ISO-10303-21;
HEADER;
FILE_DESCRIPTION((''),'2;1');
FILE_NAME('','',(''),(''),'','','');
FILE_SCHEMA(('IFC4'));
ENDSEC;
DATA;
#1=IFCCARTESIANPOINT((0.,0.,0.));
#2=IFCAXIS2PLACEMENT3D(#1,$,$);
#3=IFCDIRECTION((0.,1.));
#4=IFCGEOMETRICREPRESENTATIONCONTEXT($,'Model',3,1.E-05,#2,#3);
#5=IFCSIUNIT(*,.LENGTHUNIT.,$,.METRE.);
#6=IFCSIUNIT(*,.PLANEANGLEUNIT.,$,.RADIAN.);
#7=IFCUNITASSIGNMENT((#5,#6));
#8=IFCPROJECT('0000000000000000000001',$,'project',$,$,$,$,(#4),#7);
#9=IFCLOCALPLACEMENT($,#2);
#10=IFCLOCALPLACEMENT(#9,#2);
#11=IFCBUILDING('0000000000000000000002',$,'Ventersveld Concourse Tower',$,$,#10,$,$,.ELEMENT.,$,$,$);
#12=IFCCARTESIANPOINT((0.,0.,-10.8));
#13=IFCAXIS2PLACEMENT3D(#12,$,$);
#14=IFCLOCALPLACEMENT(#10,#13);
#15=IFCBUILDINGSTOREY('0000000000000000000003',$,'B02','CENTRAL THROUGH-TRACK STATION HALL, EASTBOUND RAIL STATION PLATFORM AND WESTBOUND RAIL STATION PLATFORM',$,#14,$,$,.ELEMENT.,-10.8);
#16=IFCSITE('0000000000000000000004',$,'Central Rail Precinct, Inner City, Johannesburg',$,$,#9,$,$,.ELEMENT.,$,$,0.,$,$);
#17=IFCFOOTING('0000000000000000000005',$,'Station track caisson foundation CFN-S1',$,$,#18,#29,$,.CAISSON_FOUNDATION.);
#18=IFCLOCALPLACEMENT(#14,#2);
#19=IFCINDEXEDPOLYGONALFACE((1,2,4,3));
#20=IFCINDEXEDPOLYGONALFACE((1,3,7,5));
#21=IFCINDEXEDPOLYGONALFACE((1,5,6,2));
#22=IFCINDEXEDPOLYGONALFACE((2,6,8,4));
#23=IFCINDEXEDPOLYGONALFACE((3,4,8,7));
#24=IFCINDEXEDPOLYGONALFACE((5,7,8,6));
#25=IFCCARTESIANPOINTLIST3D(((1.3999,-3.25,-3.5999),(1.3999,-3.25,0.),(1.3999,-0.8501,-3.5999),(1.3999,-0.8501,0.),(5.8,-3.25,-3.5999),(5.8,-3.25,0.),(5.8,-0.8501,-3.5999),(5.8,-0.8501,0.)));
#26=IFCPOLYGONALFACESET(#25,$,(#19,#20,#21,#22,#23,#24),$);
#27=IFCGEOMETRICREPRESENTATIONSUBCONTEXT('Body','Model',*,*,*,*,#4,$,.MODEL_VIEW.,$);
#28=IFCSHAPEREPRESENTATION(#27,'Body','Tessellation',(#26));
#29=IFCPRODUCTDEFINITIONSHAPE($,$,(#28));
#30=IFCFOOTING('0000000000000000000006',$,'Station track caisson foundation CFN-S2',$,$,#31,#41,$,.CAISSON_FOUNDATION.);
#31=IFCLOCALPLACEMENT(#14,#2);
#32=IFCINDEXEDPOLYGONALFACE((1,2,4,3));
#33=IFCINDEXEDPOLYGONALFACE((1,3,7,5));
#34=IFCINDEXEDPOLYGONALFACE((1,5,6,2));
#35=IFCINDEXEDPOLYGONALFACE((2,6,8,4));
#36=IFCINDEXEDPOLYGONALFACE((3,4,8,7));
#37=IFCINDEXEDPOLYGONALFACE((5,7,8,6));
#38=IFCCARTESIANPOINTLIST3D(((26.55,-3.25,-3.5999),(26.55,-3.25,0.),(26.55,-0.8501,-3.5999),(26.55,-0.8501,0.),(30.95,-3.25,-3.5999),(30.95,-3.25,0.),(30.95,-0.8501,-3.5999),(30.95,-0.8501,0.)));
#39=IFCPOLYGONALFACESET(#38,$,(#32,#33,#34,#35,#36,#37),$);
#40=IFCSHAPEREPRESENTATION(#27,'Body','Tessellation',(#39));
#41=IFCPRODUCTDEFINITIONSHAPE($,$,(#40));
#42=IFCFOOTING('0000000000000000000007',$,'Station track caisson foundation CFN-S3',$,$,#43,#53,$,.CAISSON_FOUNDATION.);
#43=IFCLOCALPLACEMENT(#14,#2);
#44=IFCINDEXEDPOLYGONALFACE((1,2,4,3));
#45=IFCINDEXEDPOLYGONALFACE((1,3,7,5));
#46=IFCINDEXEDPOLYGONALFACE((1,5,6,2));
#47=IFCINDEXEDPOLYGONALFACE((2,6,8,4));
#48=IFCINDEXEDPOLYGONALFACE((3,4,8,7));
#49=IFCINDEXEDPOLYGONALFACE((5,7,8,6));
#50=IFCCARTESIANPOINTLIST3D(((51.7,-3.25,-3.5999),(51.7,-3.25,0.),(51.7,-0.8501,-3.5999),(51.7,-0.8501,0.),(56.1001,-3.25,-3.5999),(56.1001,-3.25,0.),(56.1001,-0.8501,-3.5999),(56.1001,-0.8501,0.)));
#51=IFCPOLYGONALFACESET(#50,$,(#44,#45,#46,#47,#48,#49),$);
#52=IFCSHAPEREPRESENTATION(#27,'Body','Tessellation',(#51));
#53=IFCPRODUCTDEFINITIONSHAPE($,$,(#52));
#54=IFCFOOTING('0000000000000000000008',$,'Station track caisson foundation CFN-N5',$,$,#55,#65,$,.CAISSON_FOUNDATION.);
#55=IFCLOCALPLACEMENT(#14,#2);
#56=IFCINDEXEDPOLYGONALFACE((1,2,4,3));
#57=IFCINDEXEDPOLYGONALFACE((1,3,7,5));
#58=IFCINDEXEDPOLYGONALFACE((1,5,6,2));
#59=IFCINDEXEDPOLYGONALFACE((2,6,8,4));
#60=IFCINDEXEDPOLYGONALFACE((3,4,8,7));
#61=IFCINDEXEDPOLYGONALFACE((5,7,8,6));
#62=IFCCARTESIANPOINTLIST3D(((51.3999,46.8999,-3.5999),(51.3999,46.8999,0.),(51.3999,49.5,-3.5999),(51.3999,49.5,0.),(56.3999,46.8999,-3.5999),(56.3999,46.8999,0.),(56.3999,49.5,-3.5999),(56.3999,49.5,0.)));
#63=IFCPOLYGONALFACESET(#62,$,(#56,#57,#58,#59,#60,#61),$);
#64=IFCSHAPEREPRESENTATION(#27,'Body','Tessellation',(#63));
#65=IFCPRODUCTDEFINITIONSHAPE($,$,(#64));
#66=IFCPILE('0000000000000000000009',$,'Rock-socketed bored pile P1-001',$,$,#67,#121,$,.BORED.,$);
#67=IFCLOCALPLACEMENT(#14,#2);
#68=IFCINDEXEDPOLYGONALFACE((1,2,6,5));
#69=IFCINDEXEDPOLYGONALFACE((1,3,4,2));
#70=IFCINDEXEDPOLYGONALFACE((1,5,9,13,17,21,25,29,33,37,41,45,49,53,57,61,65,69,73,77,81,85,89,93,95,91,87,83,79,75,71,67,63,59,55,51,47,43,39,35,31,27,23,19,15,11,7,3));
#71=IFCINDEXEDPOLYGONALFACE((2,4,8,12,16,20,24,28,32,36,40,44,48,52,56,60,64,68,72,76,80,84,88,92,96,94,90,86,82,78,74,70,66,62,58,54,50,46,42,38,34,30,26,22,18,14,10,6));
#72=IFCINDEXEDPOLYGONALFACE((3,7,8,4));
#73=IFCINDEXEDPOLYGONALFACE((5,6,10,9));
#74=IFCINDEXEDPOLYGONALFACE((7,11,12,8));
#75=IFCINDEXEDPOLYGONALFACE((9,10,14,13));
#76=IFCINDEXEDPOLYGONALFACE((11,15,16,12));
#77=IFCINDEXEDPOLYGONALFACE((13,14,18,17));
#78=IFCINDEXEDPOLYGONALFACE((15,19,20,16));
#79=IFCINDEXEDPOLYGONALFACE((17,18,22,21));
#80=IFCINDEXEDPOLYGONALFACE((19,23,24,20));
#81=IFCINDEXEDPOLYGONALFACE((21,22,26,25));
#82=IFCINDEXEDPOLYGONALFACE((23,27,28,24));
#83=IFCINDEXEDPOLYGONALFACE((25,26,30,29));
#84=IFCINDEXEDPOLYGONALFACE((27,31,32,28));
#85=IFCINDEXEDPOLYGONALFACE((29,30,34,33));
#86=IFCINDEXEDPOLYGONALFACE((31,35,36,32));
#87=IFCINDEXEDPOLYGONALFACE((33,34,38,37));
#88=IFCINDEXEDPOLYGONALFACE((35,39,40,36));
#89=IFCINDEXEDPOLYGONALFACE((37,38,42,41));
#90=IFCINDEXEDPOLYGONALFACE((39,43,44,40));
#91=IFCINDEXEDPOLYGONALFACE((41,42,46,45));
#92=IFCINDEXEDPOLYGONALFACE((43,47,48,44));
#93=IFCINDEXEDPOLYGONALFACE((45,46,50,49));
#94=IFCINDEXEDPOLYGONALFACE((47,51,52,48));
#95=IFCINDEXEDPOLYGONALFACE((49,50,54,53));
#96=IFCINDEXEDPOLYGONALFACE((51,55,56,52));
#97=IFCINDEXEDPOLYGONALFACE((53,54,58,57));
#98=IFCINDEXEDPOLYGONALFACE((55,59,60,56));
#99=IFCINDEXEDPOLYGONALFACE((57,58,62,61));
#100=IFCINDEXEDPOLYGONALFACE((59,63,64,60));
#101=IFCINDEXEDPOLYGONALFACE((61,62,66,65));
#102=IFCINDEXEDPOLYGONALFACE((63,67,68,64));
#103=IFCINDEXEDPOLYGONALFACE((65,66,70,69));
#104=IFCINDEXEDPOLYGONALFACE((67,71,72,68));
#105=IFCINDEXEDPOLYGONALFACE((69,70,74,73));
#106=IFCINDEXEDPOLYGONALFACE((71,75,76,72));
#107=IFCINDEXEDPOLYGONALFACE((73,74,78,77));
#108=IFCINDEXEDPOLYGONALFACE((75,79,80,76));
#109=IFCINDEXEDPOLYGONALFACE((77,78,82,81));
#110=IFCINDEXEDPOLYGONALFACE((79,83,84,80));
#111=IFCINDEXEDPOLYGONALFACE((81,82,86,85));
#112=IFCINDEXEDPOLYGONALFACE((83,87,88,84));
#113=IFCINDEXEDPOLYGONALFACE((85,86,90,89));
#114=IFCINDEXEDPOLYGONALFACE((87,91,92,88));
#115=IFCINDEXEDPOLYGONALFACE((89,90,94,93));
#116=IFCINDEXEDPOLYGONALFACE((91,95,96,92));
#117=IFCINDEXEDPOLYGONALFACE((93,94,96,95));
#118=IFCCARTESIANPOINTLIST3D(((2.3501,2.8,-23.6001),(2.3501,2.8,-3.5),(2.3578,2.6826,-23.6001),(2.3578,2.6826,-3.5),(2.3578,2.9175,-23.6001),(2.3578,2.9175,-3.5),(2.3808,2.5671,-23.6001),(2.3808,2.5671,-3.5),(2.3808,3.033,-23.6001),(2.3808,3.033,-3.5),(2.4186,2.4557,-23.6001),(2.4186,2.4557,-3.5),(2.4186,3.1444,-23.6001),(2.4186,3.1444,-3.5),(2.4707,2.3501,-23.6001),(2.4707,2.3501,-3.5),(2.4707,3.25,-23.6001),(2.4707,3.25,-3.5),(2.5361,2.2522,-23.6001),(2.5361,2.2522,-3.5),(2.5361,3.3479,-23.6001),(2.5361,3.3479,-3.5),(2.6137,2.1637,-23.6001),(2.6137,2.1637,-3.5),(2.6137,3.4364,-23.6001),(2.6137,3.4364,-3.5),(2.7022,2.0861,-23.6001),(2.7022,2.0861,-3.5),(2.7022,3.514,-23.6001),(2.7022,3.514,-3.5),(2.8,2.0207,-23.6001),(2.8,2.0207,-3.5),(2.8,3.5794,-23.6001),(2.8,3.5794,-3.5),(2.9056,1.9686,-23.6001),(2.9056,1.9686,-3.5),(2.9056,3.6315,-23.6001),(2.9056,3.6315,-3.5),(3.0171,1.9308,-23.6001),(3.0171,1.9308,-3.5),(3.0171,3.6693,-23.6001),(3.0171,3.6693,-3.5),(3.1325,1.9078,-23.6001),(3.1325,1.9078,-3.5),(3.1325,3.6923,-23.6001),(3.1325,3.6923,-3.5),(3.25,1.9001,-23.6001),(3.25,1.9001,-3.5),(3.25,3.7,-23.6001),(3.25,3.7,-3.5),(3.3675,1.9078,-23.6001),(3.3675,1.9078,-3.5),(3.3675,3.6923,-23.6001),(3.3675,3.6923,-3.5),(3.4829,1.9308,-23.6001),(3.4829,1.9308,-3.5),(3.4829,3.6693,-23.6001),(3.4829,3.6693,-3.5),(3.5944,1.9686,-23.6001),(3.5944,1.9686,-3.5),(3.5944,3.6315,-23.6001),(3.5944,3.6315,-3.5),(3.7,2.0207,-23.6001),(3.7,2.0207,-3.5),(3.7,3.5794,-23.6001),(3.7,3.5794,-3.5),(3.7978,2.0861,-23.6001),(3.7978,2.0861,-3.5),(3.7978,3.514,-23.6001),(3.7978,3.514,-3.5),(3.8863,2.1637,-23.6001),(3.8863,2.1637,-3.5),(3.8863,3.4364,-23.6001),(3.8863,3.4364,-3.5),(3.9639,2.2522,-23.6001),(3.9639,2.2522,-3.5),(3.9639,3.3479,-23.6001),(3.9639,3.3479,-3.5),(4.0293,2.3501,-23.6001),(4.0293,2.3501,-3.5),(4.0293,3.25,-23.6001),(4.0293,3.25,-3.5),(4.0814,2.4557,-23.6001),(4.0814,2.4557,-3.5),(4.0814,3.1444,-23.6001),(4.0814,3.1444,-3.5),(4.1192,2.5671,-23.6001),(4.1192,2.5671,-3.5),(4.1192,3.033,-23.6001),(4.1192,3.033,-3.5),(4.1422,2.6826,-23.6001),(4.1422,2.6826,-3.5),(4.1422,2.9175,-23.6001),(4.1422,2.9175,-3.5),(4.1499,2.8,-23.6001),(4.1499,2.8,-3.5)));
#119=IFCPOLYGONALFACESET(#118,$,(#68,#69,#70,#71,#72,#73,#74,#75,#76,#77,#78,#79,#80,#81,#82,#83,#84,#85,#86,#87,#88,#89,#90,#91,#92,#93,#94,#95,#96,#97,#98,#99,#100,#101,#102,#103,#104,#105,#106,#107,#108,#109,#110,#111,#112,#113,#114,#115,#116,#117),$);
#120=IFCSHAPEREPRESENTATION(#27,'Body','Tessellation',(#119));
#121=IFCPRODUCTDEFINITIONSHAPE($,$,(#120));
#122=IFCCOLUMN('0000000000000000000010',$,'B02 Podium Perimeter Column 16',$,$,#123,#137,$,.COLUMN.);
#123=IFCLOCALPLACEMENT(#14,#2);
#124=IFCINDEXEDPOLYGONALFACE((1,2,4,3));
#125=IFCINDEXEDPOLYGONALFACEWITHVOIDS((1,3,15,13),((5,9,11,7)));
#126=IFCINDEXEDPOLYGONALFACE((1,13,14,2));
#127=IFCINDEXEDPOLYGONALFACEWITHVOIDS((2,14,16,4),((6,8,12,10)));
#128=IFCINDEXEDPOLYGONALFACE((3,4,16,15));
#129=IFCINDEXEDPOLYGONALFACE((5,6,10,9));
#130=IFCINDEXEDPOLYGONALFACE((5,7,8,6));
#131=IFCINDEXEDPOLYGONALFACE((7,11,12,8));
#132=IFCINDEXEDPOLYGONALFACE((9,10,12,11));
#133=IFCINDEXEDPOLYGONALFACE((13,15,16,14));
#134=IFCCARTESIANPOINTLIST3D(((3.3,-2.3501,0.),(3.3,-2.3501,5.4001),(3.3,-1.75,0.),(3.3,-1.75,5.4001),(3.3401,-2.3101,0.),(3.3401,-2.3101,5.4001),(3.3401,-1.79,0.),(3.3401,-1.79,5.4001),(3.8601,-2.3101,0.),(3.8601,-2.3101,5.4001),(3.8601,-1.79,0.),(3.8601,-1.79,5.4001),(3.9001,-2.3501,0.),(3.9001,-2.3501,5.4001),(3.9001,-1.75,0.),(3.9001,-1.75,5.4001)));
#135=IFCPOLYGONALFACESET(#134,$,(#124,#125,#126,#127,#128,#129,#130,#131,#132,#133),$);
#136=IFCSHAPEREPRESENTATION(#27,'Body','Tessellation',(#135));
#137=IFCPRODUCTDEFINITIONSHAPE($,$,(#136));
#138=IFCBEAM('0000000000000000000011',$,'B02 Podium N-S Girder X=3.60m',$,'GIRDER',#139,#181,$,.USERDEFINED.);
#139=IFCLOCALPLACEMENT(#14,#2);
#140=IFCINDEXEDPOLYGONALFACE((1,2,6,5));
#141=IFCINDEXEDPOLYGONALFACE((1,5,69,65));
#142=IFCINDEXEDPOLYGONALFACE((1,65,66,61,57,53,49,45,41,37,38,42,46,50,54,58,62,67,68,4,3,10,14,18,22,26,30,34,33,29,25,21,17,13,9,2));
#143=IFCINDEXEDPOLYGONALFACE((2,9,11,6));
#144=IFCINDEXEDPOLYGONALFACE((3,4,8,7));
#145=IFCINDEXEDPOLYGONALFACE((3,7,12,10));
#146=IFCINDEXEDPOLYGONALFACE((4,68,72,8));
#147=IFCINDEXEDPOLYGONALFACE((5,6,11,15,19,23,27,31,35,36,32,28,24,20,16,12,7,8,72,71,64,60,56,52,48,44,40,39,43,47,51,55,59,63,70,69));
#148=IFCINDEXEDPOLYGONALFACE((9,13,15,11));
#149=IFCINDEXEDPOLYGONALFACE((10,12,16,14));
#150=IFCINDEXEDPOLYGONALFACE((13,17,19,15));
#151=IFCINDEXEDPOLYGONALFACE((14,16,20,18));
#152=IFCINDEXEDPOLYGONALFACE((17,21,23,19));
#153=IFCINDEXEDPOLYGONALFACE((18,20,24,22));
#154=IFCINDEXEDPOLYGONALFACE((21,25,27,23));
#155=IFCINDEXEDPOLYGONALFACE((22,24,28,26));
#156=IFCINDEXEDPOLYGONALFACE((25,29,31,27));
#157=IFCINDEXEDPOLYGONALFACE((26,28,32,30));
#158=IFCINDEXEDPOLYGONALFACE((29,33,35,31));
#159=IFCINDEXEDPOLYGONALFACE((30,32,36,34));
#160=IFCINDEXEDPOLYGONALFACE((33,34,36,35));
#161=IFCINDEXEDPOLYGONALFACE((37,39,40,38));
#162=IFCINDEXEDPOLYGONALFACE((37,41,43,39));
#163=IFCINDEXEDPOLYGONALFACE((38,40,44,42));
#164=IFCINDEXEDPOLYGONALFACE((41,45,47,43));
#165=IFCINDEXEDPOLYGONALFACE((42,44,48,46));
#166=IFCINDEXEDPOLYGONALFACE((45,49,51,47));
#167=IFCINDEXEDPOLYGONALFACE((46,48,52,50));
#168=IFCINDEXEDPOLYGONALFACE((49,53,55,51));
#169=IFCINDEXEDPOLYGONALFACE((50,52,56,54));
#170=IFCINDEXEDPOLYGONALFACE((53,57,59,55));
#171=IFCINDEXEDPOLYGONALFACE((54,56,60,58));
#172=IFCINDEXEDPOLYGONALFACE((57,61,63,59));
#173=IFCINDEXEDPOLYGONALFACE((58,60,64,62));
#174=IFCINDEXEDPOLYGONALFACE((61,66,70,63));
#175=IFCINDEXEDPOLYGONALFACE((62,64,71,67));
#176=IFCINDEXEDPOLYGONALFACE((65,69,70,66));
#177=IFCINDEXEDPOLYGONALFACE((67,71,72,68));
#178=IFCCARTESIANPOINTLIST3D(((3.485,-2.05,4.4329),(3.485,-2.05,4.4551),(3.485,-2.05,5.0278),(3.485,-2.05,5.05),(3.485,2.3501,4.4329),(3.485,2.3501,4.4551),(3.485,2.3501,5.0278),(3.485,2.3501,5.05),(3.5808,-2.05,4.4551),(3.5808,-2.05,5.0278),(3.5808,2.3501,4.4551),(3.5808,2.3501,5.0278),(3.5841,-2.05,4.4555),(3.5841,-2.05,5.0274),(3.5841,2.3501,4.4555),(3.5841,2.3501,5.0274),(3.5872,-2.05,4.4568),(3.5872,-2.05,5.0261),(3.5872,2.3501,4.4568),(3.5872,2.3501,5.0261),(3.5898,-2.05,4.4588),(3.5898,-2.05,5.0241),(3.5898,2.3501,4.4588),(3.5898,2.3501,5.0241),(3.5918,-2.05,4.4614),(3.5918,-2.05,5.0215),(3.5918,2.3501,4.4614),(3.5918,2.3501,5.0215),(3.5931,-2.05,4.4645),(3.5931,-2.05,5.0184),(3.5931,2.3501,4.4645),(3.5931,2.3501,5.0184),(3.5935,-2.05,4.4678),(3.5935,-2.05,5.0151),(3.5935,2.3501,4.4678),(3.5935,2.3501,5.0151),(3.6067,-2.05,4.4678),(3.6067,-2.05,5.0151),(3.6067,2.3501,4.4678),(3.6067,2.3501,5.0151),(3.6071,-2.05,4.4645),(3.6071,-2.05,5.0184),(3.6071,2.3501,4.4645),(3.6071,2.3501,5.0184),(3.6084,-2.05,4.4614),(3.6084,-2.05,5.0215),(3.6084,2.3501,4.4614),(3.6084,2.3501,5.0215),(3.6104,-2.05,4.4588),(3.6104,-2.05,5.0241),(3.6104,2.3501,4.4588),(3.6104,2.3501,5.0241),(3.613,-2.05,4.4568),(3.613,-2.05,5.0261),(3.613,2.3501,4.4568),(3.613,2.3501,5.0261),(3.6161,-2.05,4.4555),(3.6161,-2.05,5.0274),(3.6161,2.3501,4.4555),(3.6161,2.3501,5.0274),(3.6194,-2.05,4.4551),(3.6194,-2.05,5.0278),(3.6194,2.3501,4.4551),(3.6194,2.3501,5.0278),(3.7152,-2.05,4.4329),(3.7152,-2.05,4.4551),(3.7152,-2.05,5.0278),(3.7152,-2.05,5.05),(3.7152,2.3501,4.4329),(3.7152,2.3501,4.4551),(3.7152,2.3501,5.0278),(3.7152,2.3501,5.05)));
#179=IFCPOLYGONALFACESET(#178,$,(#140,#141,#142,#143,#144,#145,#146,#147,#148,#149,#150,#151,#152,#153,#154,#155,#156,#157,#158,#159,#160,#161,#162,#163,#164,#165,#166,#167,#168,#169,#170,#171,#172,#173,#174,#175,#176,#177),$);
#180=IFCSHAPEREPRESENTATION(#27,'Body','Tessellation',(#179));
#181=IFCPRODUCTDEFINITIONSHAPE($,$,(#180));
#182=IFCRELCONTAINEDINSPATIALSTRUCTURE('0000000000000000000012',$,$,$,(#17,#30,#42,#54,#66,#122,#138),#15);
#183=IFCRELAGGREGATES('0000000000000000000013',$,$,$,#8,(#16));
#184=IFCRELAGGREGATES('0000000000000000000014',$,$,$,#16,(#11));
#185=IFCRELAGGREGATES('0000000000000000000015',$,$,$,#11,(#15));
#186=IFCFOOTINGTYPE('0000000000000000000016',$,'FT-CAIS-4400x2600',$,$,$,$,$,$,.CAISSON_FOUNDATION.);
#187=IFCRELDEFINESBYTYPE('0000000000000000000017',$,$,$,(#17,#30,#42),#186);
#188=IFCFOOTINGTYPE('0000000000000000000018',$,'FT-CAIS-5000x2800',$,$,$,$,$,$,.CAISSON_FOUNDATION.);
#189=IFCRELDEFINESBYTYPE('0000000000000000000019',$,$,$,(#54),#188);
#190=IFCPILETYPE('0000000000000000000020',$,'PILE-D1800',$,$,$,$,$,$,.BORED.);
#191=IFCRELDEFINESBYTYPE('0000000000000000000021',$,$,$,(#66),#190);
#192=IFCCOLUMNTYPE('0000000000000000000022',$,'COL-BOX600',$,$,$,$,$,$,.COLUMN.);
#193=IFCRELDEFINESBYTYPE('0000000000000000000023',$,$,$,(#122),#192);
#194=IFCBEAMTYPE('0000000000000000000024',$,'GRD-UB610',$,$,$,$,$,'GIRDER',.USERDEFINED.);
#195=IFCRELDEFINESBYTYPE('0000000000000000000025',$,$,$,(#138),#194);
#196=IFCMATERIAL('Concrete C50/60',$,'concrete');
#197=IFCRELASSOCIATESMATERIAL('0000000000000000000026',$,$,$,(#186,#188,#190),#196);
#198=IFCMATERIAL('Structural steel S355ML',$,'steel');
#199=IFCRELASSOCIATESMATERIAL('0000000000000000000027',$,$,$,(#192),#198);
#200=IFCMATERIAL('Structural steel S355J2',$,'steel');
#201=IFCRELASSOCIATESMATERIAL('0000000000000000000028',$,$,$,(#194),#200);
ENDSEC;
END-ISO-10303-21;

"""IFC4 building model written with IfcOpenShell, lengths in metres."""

from ifc_helpers import new_model, si_unit, direction, frame, origin, origin_2d, place, context, subcontext, project, spatial, polyline, hollow_rectangle, circle, i_section, outline, extrude, material, material_profile, profile_set, type_object, element, save


model = new_model("IFC4")

# Units and contexts
model_context = context("Model", 3, precision=1e-05, world=origin(), true_north=direction((0.0, 1.0)))
body_context = subcontext(model_context, "Body", "Model", "MODEL_VIEW")
ifc_project = project(units=[si_unit("LENGTHUNIT", "METRE"), si_unit("PLANEANGLEUNIT", "RADIAN")], contexts=[model_context])

# Site, building, storey
site_placement = place(None, origin())
site = spatial("IfcSite", under=ifc_project, at=site_placement, Name="Central Rail Precinct, Inner City, Johannesburg", CompositionType="ELEMENT", RefElevation=0.0)
building_placement = place(site_placement, origin())
building = spatial("IfcBuilding", under=site, at=building_placement, Name="Ventersveld Concourse Tower", CompositionType="ELEMENT")
storey_placement = place(building_placement, frame((0.0, 0.0, -10.8)))
storey = spatial("IfcBuildingStorey", under=building, at=storey_placement, Name="B02", Description="CENTRAL THROUGH-TRACK STATION HALL, EASTBOUND RAIL STATION PLATFORM AND WESTBOUND RAIL STATION PLATFORM", CompositionType="ELEMENT", Elevation=-10.8)

# Footings
ifc_material_1 = material(Name="Concrete C50/60", Category="concrete")
footing_type_1 = type_object("IfcFootingType", Name="FT-CAIS-4400x2600", PredefinedType="CAISSON_FOUNDATION", material=ifc_material_1)
footing_1_placement = place(storey_placement, frame((0.0, 0.0, -3.5999)))
element("IfcFooting", 1, at=footing_1_placement, inside=storey, type_object=footing_type_1, Name="Station track caisson foundation CFN-S1", PredefinedType="CAISSON_FOUNDATION", context=body_context, shape_type="SweptSolid", body=[
    extrude(outline(polyline([(1.3999, -3.25), (5.8, -3.25), (5.8, -0.8501), (1.3999, -0.8501), (1.3999, -3.25)])), origin(), (0.0, 0.0, 1.0), 3.5999),
])
footing_2_placement = place(storey_placement, frame((0.0, 0.0, -3.5999)))
element("IfcFooting", 2, at=footing_2_placement, inside=storey, type_object=footing_type_1, Name="Station track caisson foundation CFN-S2", PredefinedType="CAISSON_FOUNDATION", context=body_context, shape_type="SweptSolid", body=[
    extrude(outline(polyline([(26.55, -3.25), (30.95, -3.25), (30.95, -0.8501), (26.55, -0.8501), (26.55, -3.25)])), origin(), (0.0, 0.0, 1.0), 3.5999),
])
footing_3_placement = place(storey_placement, frame((0.0, 0.0, -3.5999)))
element("IfcFooting", 3, at=footing_3_placement, inside=storey, type_object=footing_type_1, Name="Station track caisson foundation CFN-S3", PredefinedType="CAISSON_FOUNDATION", context=body_context, shape_type="SweptSolid", body=[
    extrude(outline(polyline([(51.7, -3.25), (56.1001, -3.25), (56.1001, -0.8501), (51.7, -0.8501), (51.7, -3.25)])), origin(), (0.0, 0.0, 1.0), 3.5999),
])
footing_type_2 = type_object("IfcFootingType", Name="FT-CAIS-5000x2800", PredefinedType="CAISSON_FOUNDATION", material=ifc_material_1)
footing_4_placement = place(storey_placement, frame((0.0, 0.0, -3.5999)))
element("IfcFooting", 4, at=footing_4_placement, inside=storey, type_object=footing_type_2, Name="Station track caisson foundation CFN-N5", PredefinedType="CAISSON_FOUNDATION", context=body_context, shape_type="SweptSolid", body=[
    extrude(outline(polyline([(51.3999, 46.8999), (56.3999, 46.8999), (56.3999, 49.5), (51.3999, 49.5), (51.3999, 46.8999)])), origin(), (0.0, 0.0, 1.0), 3.5999),
])

# Pile
ifc_material_profile_1 = material_profile(ifc_material_1, circle(Radius=0.8999, at=origin_2d()), Name="PILE D1800")
ifc_profile_set_1 = profile_set([ifc_material_profile_1], Name="Concrete C50/60")
pile_type = type_object("IfcPileType", Name="PILE-D1800", PredefinedType="BORED", material=ifc_profile_set_1)
pile_placement = place(storey_placement, frame((3.25, 2.8, -3.5), z_axis=(0.0, 0.0, -1.0), x_axis=(1.0, 0.0, 0.0)))
element("IfcPile", 5, at=pile_placement, inside=storey, type_object=pile_type, Name="Rock-socketed bored pile P1-001", PredefinedType="BORED", context=body_context, shape_type="SweptSolid", body=[
    extrude(circle(Radius=0.8999, at=origin_2d()), origin(), (0.0, 0.0, 1.0), 20.1001),
])

# Column
ifc_material_2 = material(Name="Structural steel S355ML", Category="steel")
ifc_material_profile_2 = material_profile(ifc_material_2, hollow_rectangle(XDim=0.6001, YDim=0.6001, WallThickness=0.04, at=origin_2d()), Name="BOX 600x600x40")
ifc_profile_set_2 = profile_set([ifc_material_profile_2], Name="Structural steel S355ML")
column_type = type_object("IfcColumnType", Name="COL-BOX600", PredefinedType="COLUMN", material=ifc_profile_set_2)
column_placement = place(storey_placement, frame((3.6001, -2.05, 0.0), z_axis=(0.0, 0.0, 1.0), x_axis=(1.0, 0.0, 0.0)))
element("IfcColumn", 6, at=column_placement, inside=storey, type_object=column_type, Name="B02 Podium Perimeter Column 16", PredefinedType="COLUMN", context=body_context, shape_type="SweptSolid", body=[
    extrude(hollow_rectangle(XDim=0.6001, YDim=0.6001, WallThickness=0.04, at=origin_2d()), origin(), (0.0, 0.0, 1.0), 5.4001),
])

# Beam
ifc_material_3 = material(Name="Structural steel S355J2", Category="steel")
ifc_material_profile_3 = material_profile(ifc_material_3, i_section(OverallWidth=0.2302, OverallDepth=0.6172, WebThickness=0.0132, FlangeThickness=0.0222, FilletRadius=0.0127, at=origin_2d()), Name="UB 610x229x140")
ifc_profile_set_3 = profile_set([ifc_material_profile_3], Name="Structural steel S355J2")
beam_type = type_object("IfcBeamType", Name="GRD-UB610", ElementType="GIRDER", PredefinedType="USERDEFINED", material=ifc_profile_set_3)
beam_placement = place(storey_placement, frame((3.6001, -2.05, 4.7415), z_axis=(0.0, 1.0, 0.0), x_axis=(-1.0, 0.0, 0.0)))
element("IfcBeam", 7, at=beam_placement, inside=storey, type_object=beam_type, Name="B02 Podium N-S Girder X=3.60m", ObjectType="GIRDER", PredefinedType="USERDEFINED", context=body_context, shape_type="SweptSolid", body=[
    extrude(i_section(OverallWidth=0.2302, OverallDepth=0.6172, WebThickness=0.0132, FlangeThickness=0.0222, FilletRadius=0.0127, at=origin_2d()), origin(), (0.0, 0.0, 1.0), 4.4001),
])

save(model, "model.ifc")
